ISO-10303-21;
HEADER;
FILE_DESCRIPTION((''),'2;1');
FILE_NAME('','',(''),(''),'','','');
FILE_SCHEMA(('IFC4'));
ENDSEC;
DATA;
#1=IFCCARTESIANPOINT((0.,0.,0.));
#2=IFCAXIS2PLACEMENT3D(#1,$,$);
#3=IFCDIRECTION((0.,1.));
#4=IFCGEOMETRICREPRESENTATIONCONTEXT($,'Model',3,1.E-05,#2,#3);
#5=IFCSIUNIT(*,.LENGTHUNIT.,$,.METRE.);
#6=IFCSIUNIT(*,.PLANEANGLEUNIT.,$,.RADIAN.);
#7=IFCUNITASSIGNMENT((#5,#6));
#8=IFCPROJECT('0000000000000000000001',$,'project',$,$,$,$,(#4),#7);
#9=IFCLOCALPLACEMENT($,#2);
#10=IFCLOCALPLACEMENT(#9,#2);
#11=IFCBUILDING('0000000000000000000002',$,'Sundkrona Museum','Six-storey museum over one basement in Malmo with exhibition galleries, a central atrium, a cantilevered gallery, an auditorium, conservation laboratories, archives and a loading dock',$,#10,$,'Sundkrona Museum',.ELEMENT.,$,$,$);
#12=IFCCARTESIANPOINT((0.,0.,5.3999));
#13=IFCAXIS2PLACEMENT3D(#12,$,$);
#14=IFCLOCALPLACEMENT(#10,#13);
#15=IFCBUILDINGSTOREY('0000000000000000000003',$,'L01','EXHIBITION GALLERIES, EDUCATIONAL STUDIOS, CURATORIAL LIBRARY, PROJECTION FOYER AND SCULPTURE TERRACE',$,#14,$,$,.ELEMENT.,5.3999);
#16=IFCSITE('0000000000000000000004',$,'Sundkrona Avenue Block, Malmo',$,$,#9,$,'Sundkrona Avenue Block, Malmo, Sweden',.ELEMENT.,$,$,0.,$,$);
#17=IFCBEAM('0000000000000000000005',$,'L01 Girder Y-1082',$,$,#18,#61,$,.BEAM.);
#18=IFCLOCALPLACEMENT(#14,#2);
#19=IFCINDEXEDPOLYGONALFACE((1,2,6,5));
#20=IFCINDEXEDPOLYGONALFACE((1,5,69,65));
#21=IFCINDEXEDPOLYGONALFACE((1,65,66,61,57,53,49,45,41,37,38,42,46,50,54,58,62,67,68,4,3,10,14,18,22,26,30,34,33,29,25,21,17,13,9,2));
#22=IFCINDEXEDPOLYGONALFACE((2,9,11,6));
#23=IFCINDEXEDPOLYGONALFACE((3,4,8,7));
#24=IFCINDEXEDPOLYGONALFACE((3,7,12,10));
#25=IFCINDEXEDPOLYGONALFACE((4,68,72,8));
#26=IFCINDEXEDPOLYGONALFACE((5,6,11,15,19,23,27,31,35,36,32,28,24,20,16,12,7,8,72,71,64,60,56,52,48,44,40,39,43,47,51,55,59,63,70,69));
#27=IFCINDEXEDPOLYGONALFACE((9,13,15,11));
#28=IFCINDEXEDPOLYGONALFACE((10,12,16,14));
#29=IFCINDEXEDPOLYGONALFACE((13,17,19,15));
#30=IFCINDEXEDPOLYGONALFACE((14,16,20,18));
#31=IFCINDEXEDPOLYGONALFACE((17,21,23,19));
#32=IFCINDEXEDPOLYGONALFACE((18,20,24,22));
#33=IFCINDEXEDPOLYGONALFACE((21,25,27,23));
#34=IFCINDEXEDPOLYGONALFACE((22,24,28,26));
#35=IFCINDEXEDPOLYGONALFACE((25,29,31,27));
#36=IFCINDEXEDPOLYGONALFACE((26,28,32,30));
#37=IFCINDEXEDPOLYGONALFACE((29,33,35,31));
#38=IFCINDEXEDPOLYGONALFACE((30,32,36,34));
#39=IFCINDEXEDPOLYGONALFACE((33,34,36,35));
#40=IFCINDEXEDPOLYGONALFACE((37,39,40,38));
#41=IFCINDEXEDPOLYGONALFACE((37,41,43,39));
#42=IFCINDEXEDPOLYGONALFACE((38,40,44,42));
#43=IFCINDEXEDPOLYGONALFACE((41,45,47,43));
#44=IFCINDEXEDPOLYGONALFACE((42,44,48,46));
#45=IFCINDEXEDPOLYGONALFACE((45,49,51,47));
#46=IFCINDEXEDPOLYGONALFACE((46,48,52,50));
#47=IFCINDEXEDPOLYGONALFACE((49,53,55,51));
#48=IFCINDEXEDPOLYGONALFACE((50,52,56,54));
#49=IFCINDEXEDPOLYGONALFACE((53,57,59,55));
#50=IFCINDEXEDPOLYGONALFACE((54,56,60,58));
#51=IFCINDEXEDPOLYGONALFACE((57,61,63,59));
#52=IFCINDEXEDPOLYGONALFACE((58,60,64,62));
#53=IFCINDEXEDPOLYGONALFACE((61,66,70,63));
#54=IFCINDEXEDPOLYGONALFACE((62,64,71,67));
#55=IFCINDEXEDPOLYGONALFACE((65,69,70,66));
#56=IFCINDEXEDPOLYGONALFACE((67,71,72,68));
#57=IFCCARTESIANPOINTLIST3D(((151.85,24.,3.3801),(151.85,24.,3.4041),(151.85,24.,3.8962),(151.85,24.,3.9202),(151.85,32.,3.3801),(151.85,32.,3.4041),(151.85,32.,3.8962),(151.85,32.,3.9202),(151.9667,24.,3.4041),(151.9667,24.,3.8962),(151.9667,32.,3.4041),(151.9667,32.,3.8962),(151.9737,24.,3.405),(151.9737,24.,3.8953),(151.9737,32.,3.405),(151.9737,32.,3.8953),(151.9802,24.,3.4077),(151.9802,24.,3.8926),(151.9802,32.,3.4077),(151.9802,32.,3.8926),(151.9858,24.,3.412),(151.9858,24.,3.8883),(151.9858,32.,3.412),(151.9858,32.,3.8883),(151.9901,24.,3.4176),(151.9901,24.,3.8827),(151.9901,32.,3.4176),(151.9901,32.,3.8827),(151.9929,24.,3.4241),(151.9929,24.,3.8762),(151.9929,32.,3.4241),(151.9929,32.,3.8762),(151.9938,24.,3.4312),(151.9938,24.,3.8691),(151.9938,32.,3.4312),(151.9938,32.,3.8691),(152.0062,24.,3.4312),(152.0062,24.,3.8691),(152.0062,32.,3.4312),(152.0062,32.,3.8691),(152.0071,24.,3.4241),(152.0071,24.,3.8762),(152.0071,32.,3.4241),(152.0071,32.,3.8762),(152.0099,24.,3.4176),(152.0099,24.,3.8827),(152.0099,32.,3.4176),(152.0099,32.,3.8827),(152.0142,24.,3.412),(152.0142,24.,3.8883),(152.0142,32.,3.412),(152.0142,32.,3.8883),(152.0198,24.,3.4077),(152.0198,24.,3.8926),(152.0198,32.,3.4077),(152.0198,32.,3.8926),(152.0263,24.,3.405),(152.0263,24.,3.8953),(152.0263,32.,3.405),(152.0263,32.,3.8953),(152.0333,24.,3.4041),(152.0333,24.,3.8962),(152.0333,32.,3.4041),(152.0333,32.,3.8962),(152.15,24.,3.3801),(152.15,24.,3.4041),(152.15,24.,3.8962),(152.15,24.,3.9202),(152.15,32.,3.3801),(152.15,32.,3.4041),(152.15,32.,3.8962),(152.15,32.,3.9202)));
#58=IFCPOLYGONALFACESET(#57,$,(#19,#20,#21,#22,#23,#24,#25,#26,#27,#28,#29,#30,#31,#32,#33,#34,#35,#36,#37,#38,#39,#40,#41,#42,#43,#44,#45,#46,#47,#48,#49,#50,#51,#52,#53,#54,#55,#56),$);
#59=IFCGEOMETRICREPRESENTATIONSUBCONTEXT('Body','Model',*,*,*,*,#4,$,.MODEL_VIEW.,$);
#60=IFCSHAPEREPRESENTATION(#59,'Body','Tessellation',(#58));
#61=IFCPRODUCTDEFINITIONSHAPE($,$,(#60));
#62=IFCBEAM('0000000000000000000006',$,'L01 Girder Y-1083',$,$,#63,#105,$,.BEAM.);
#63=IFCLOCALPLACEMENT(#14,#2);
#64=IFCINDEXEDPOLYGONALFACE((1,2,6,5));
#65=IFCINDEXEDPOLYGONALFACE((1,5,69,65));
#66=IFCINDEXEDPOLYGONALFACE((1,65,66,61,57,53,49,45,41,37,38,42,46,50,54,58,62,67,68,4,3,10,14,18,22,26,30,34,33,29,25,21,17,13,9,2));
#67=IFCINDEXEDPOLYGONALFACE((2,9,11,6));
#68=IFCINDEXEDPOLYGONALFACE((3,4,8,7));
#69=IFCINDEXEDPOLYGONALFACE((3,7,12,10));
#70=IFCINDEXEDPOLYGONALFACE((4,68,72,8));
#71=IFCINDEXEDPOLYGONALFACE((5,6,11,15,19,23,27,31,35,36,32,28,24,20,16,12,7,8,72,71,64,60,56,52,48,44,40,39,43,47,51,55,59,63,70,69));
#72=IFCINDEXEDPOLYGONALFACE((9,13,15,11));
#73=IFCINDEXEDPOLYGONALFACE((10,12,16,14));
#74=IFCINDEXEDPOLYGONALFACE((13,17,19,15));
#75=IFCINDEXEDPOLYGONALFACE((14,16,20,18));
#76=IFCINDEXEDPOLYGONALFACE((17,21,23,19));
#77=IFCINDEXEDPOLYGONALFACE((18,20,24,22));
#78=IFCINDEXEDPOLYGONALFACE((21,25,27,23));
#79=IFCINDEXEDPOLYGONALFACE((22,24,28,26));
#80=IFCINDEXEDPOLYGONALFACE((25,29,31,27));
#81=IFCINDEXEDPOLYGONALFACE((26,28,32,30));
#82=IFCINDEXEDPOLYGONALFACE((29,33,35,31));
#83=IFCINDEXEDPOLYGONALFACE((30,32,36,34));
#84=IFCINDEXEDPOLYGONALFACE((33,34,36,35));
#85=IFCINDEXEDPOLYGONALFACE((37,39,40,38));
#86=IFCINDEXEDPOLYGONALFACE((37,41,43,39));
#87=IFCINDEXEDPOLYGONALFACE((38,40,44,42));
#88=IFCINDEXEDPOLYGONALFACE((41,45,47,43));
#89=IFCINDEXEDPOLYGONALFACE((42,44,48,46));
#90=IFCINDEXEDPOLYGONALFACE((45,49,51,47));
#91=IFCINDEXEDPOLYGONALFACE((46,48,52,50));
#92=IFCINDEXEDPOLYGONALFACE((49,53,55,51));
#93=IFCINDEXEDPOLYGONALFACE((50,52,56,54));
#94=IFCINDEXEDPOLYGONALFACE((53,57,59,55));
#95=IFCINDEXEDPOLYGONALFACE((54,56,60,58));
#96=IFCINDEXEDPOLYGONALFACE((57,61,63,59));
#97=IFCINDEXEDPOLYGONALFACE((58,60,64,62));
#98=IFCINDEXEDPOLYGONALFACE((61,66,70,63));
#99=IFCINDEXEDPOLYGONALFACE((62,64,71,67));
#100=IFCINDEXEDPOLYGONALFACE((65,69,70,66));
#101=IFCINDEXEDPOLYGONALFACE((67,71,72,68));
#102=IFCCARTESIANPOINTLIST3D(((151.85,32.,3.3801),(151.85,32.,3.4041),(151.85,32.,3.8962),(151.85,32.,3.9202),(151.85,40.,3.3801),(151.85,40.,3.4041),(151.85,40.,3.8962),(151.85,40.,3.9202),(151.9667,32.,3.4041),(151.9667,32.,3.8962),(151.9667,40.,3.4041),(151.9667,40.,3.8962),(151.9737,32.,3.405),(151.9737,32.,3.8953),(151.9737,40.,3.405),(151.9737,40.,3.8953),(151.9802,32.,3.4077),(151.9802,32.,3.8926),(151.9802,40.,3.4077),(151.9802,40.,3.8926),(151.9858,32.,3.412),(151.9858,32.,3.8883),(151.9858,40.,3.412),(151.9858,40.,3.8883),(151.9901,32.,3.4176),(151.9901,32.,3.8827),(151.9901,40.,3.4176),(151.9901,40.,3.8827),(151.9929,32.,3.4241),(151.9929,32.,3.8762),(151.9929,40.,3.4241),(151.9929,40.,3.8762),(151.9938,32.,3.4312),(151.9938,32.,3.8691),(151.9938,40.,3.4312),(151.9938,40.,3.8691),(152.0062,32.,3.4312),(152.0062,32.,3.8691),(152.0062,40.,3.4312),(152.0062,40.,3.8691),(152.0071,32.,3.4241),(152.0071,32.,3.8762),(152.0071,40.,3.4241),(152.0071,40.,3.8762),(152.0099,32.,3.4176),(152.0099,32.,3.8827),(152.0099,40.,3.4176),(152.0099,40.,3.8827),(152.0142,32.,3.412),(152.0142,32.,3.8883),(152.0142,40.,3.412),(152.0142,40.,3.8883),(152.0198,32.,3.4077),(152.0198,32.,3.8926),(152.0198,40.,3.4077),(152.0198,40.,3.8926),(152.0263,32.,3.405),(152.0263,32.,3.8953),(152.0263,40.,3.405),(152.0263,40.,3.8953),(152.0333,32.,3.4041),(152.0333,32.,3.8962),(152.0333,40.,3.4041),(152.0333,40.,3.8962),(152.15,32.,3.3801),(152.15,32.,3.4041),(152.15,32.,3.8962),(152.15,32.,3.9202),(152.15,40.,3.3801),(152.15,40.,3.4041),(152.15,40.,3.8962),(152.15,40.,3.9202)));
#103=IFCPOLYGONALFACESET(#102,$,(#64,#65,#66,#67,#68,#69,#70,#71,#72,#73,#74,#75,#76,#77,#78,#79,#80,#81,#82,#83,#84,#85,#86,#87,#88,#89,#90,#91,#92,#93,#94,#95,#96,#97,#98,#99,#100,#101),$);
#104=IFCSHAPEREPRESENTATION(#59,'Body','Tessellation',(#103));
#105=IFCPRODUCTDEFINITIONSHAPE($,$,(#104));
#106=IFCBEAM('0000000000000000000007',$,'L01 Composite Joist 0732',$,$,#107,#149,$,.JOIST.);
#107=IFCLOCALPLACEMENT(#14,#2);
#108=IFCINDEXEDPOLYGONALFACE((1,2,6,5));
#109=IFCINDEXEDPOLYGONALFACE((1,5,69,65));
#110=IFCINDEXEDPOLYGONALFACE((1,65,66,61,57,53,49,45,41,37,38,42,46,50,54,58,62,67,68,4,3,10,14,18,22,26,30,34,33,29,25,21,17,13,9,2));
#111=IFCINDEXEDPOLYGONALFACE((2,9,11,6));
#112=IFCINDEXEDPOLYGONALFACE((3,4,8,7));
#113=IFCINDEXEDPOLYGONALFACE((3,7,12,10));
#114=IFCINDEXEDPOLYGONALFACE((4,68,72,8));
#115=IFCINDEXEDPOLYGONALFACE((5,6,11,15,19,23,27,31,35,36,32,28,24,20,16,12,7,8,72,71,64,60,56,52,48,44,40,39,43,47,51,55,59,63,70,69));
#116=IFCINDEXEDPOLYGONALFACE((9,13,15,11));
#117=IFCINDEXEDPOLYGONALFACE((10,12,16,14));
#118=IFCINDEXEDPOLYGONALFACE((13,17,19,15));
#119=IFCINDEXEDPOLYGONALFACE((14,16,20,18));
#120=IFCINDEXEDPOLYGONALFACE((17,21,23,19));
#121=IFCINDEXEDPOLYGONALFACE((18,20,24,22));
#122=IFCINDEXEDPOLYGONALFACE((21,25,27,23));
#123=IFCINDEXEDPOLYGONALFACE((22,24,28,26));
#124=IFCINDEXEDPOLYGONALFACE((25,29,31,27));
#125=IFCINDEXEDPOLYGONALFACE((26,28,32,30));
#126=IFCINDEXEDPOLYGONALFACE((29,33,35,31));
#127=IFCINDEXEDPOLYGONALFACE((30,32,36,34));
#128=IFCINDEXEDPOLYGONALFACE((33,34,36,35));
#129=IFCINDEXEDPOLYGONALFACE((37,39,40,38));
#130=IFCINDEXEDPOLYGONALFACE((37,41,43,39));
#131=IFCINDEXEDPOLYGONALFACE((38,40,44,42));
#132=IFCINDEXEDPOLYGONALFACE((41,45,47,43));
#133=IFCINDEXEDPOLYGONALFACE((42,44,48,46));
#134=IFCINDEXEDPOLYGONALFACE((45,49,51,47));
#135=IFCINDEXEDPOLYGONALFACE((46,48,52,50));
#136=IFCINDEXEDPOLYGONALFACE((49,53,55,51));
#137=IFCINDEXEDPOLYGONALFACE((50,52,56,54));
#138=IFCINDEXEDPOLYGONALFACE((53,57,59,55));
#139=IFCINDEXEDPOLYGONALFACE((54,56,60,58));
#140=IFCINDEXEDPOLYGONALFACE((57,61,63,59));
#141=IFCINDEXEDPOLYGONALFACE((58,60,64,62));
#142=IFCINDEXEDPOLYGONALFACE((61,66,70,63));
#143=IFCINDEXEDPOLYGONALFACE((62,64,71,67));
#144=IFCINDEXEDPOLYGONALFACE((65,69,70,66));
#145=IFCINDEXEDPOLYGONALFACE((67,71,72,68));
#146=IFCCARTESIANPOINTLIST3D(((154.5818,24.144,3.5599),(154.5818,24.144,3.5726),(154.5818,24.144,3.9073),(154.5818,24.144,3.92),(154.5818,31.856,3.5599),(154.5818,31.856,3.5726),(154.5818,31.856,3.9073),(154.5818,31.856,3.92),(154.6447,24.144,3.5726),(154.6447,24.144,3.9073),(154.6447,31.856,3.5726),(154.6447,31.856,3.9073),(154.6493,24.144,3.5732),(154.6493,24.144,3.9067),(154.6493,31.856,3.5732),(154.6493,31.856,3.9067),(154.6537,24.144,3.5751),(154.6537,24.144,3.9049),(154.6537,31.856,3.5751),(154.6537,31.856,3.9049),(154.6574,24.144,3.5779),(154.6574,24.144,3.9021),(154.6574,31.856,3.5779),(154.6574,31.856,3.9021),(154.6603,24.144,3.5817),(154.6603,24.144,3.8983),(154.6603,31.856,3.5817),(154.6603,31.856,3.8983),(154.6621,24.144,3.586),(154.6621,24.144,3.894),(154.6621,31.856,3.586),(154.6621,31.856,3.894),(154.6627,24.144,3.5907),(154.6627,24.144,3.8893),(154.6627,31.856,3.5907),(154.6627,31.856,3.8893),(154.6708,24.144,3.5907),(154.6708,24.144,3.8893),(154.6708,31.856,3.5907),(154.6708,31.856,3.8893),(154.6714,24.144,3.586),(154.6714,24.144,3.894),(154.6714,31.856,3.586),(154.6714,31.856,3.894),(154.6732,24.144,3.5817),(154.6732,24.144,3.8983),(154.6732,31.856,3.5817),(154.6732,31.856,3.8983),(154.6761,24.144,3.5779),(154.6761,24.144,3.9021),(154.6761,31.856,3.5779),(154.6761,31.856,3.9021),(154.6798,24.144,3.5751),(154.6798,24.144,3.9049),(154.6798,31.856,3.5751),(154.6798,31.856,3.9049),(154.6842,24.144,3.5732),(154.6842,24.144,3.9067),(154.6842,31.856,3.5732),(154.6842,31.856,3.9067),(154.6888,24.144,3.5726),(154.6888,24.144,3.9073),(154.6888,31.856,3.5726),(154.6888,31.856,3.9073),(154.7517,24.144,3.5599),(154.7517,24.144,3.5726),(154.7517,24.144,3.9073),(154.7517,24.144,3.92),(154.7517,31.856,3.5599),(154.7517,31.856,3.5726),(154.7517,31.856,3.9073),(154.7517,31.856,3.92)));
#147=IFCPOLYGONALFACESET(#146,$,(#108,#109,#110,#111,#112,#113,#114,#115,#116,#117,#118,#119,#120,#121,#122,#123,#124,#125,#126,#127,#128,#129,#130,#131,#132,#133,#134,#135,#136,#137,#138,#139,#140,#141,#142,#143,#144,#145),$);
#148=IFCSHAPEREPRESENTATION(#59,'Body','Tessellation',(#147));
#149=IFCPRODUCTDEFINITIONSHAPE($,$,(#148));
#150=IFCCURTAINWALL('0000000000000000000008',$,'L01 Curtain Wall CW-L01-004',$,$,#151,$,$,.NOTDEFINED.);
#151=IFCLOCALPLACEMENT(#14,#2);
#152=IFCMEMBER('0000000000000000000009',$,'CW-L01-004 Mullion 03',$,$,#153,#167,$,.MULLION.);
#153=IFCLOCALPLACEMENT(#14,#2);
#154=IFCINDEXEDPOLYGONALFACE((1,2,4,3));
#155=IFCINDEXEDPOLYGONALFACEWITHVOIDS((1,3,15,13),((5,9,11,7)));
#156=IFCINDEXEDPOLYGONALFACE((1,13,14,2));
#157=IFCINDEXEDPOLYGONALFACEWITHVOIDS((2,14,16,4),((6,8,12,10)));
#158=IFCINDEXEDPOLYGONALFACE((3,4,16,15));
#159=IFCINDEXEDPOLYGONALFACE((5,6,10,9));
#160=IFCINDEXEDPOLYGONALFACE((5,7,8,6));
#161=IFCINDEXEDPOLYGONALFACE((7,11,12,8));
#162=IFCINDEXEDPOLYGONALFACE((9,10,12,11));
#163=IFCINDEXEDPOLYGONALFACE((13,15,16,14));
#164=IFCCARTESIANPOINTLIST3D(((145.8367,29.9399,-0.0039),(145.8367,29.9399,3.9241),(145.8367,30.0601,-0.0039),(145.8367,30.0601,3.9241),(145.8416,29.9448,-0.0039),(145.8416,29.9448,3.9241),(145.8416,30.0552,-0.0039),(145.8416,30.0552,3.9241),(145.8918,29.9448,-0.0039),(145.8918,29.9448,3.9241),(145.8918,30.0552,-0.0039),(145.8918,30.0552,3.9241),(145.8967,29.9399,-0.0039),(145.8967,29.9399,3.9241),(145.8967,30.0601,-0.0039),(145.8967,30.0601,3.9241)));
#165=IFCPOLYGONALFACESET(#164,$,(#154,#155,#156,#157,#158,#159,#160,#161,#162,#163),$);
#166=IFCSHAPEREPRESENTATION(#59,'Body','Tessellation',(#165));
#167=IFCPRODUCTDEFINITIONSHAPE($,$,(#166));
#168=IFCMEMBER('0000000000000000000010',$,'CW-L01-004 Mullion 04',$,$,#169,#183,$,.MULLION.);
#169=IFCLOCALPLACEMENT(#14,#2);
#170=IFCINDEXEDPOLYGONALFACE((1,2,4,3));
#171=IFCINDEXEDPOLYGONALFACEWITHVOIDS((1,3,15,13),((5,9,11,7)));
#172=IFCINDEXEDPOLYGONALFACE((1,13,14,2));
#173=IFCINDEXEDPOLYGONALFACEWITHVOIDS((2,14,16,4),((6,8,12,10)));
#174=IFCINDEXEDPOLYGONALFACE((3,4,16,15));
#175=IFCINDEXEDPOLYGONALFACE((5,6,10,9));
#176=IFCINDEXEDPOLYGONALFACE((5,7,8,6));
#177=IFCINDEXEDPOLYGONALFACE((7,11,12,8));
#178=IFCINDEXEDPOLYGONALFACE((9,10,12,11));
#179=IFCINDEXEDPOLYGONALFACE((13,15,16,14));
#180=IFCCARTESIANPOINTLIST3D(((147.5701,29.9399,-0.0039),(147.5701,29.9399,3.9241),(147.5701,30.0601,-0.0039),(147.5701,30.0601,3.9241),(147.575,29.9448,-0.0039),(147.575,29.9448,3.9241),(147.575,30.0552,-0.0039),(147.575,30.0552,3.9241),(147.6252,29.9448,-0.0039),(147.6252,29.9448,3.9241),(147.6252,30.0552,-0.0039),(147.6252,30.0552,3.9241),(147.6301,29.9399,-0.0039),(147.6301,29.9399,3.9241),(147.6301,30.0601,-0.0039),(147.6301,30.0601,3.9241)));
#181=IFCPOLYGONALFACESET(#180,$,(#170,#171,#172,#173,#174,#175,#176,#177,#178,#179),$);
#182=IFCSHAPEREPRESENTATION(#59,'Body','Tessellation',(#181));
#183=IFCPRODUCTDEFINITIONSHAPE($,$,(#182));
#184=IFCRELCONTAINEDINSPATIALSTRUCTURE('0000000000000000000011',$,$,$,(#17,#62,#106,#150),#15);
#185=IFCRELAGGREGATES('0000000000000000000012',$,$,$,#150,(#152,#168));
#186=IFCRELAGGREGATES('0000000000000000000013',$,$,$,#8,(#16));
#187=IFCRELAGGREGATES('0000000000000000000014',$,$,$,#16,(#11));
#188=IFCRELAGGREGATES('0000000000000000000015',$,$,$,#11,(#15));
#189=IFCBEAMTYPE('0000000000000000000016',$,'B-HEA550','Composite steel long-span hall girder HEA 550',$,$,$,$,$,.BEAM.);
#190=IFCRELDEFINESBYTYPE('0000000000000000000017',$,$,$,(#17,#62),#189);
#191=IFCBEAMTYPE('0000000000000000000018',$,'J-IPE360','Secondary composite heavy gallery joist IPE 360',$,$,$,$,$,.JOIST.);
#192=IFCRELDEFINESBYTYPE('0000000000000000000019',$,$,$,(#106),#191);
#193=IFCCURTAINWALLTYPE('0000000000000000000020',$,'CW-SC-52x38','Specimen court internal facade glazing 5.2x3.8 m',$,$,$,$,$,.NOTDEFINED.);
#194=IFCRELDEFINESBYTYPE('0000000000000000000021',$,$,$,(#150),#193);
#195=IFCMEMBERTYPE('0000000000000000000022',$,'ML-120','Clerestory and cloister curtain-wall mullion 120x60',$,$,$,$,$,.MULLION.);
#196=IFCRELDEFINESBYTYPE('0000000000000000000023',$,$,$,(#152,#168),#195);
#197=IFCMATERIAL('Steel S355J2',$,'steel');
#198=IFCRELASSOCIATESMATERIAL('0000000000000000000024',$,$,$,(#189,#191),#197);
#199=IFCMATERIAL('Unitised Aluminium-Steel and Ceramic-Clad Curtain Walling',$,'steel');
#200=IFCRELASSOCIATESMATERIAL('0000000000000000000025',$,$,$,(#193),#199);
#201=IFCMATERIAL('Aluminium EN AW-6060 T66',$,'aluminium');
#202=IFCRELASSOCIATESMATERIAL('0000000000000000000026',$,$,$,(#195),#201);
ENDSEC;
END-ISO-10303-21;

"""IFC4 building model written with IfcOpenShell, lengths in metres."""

from ifc_helpers import new_model, si_unit, direction, frame, origin, origin_2d, place, context, subcontext, project, spatial, hollow_rectangle, i_section, extrude, material, material_profile, profile_set, type_object, element, aggregate, save


model = new_model("IFC4")

# Units and contexts
model_context = context("Model", 3, precision=1e-05, world=origin(), true_north=direction((0.0, 1.0)))
body_context = subcontext(model_context, "Body", "Model", "MODEL_VIEW")
ifc_project = project(units=[si_unit("LENGTHUNIT", "METRE"), si_unit("PLANEANGLEUNIT", "RADIAN")], contexts=[model_context])

# Site, building, storey
site_placement = place(None, origin())
site = spatial("IfcSite", under=ifc_project, at=site_placement, Name="Sundkrona Avenue Block, Malmo", LongName="Sundkrona Avenue Block, Malmo, Sweden", CompositionType="ELEMENT", RefElevation=0.0)
building_placement = place(site_placement, origin())
building = spatial("IfcBuilding", under=site, at=building_placement, Name="Sundkrona Museum", Description="Six-storey museum over one basement in Malmo with exhibition galleries, a central atrium, a cantilevered gallery, an auditorium, conservation laboratories, archives and a loading dock", LongName="Sundkrona Museum", CompositionType="ELEMENT")
storey_placement = place(building_placement, frame((0.0, 0.0, 5.3999)))
storey = spatial("IfcBuildingStorey", under=building, at=storey_placement, Name="L01", Description="EXHIBITION GALLERIES, EDUCATIONAL STUDIOS, CURATORIAL LIBRARY, PROJECTION FOYER AND SCULPTURE TERRACE", CompositionType="ELEMENT", Elevation=5.3999)

# Shared definitions
ifc_material_1 = material(Name="Steel S355J2", Category="steel")

# Beams
ifc_material_profile_1 = material_profile(ifc_material_1, i_section(OverallWidth=0.3, OverallDepth=0.54, WebThickness=0.0125, FlangeThickness=0.0239, FilletRadius=0.0271, at=origin_2d()), Name="HEA 550")
ifc_profile_set_1 = profile_set([ifc_material_profile_1], Name="Steel S355J2")
beam_type_1 = type_object("IfcBeamType", Name="B-HEA550", Description="Composite steel long-span hall girder HEA 550", PredefinedType="BEAM", material=ifc_profile_set_1)
for number, where, z_axis, x_axis, name in (
    (1, (152.0, 24.0, 3.6501), (0.0, 1.0, 0.0), (-1.0, 0.0, 0.0), "L01 Girder Y-1082"),
    (2, (152.0, 32.0, 3.6501), (0.0, 1.0, 0.0), (-1.0, 0.0, 0.0), "L01 Girder Y-1083"),
):
    element("IfcBeam", number, at=place(storey_placement, frame(where, z_axis=z_axis, x_axis=x_axis)), inside=storey, type_object=beam_type_1, Name=name, PredefinedType="BEAM", context=body_context, shape_type="SweptSolid", body=[
        extrude(i_section(OverallWidth=0.3, OverallDepth=0.54, WebThickness=0.0125, FlangeThickness=0.0239, FilletRadius=0.0271, at=origin_2d()), origin(), (0.0, 0.0, 1.0), 8.0),
    ])
ifc_material_profile_2 = material_profile(ifc_material_1, i_section(OverallWidth=0.1699, OverallDepth=0.3601, WebThickness=0.0081, FlangeThickness=0.0127, FilletRadius=0.0181, at=origin_2d()), Name="IPE 360")
ifc_profile_set_2 = profile_set([ifc_material_profile_2], Name="Steel S355J2")
beam_type_2 = type_object("IfcBeamType", Name="J-IPE360", Description="Secondary composite heavy gallery joist IPE 360", PredefinedType="JOIST", material=ifc_profile_set_2)
beam_placement = place(storey_placement, frame((154.6667, 24.144, 3.74), z_axis=(0.0, 1.0, 0.0), x_axis=(-1.0, 0.0, 0.0)))
element("IfcBeam", 3, at=beam_placement, inside=storey, type_object=beam_type_2, Name="L01 Composite Joist 0732", PredefinedType="JOIST", context=body_context, shape_type="SweptSolid", body=[
    extrude(i_section(OverallWidth=0.1699, OverallDepth=0.3601, WebThickness=0.0081, FlangeThickness=0.0127, FilletRadius=0.0181, at=origin_2d()), origin(), (0.0, 0.0, 1.0), 7.7119),
])

# Curtain wall, members
ifc_material_2 = material(Name="Unitised Aluminium-Steel and Ceramic-Clad Curtain Walling", Category="steel")
curtain_wall_type = type_object("IfcCurtainWallType", Name="CW-SC-52x38", Description="Specimen court internal facade glazing 5.2x3.8 m", PredefinedType="NOTDEFINED", material=ifc_material_2)
curtain_wall_placement = place(storey_placement, origin())
curtain_wall = element("IfcCurtainWall", 4, at=curtain_wall_placement, inside=storey, type_object=curtain_wall_type, Name="L01 Curtain Wall CW-L01-004", PredefinedType="NOTDEFINED")
ifc_material_3 = material(Name="Aluminium EN AW-6060 T66", Category="aluminium")
ifc_material_profile_3 = material_profile(ifc_material_3, hollow_rectangle(XDim=0.0601, YDim=0.1201, WallThickness=0.0049, at=origin_2d()), Name="RHS 120x60x5.0")
ifc_profile_set_3 = profile_set([ifc_material_profile_3], Name="Aluminium EN AW-6060 T66")
member_type_1 = type_object("IfcMemberType", Name="ML-120", Description="Clerestory and cloister curtain-wall mullion 120x60", PredefinedType="MULLION", material=ifc_profile_set_3)
member_1_placement = place(storey_placement, frame((145.8667, 30.0, -0.0039), z_axis=(0.0, 0.0, 1.0), x_axis=(1.0, 0.0, 0.0)))
member_1 = element("IfcMember", 5, at=member_1_placement, type_object=member_type_1, Name="CW-L01-004 Mullion 03", PredefinedType="MULLION", context=body_context, shape_type="SweptSolid", body=[
    extrude(hollow_rectangle(XDim=0.0601, YDim=0.1201, WallThickness=0.0049, at=origin_2d()), origin(), (0.0, 0.0, 1.0), 3.928),
])
member_2_placement = place(storey_placement, frame((147.6001, 30.0, -0.0039), z_axis=(0.0, 0.0, 1.0), x_axis=(1.0, 0.0, 0.0)))
member_2 = element("IfcMember", 6, at=member_2_placement, type_object=member_type_1, Name="CW-L01-004 Mullion 04", PredefinedType="MULLION", context=body_context, shape_type="SweptSolid", body=[
    extrude(hollow_rectangle(XDim=0.0601, YDim=0.1201, WallThickness=0.0049, at=origin_2d()), origin(), (0.0, 0.0, 1.0), 3.928),
])
aggregate(curtain_wall, [member_1, member_2])

save(model, "model.ifc")
